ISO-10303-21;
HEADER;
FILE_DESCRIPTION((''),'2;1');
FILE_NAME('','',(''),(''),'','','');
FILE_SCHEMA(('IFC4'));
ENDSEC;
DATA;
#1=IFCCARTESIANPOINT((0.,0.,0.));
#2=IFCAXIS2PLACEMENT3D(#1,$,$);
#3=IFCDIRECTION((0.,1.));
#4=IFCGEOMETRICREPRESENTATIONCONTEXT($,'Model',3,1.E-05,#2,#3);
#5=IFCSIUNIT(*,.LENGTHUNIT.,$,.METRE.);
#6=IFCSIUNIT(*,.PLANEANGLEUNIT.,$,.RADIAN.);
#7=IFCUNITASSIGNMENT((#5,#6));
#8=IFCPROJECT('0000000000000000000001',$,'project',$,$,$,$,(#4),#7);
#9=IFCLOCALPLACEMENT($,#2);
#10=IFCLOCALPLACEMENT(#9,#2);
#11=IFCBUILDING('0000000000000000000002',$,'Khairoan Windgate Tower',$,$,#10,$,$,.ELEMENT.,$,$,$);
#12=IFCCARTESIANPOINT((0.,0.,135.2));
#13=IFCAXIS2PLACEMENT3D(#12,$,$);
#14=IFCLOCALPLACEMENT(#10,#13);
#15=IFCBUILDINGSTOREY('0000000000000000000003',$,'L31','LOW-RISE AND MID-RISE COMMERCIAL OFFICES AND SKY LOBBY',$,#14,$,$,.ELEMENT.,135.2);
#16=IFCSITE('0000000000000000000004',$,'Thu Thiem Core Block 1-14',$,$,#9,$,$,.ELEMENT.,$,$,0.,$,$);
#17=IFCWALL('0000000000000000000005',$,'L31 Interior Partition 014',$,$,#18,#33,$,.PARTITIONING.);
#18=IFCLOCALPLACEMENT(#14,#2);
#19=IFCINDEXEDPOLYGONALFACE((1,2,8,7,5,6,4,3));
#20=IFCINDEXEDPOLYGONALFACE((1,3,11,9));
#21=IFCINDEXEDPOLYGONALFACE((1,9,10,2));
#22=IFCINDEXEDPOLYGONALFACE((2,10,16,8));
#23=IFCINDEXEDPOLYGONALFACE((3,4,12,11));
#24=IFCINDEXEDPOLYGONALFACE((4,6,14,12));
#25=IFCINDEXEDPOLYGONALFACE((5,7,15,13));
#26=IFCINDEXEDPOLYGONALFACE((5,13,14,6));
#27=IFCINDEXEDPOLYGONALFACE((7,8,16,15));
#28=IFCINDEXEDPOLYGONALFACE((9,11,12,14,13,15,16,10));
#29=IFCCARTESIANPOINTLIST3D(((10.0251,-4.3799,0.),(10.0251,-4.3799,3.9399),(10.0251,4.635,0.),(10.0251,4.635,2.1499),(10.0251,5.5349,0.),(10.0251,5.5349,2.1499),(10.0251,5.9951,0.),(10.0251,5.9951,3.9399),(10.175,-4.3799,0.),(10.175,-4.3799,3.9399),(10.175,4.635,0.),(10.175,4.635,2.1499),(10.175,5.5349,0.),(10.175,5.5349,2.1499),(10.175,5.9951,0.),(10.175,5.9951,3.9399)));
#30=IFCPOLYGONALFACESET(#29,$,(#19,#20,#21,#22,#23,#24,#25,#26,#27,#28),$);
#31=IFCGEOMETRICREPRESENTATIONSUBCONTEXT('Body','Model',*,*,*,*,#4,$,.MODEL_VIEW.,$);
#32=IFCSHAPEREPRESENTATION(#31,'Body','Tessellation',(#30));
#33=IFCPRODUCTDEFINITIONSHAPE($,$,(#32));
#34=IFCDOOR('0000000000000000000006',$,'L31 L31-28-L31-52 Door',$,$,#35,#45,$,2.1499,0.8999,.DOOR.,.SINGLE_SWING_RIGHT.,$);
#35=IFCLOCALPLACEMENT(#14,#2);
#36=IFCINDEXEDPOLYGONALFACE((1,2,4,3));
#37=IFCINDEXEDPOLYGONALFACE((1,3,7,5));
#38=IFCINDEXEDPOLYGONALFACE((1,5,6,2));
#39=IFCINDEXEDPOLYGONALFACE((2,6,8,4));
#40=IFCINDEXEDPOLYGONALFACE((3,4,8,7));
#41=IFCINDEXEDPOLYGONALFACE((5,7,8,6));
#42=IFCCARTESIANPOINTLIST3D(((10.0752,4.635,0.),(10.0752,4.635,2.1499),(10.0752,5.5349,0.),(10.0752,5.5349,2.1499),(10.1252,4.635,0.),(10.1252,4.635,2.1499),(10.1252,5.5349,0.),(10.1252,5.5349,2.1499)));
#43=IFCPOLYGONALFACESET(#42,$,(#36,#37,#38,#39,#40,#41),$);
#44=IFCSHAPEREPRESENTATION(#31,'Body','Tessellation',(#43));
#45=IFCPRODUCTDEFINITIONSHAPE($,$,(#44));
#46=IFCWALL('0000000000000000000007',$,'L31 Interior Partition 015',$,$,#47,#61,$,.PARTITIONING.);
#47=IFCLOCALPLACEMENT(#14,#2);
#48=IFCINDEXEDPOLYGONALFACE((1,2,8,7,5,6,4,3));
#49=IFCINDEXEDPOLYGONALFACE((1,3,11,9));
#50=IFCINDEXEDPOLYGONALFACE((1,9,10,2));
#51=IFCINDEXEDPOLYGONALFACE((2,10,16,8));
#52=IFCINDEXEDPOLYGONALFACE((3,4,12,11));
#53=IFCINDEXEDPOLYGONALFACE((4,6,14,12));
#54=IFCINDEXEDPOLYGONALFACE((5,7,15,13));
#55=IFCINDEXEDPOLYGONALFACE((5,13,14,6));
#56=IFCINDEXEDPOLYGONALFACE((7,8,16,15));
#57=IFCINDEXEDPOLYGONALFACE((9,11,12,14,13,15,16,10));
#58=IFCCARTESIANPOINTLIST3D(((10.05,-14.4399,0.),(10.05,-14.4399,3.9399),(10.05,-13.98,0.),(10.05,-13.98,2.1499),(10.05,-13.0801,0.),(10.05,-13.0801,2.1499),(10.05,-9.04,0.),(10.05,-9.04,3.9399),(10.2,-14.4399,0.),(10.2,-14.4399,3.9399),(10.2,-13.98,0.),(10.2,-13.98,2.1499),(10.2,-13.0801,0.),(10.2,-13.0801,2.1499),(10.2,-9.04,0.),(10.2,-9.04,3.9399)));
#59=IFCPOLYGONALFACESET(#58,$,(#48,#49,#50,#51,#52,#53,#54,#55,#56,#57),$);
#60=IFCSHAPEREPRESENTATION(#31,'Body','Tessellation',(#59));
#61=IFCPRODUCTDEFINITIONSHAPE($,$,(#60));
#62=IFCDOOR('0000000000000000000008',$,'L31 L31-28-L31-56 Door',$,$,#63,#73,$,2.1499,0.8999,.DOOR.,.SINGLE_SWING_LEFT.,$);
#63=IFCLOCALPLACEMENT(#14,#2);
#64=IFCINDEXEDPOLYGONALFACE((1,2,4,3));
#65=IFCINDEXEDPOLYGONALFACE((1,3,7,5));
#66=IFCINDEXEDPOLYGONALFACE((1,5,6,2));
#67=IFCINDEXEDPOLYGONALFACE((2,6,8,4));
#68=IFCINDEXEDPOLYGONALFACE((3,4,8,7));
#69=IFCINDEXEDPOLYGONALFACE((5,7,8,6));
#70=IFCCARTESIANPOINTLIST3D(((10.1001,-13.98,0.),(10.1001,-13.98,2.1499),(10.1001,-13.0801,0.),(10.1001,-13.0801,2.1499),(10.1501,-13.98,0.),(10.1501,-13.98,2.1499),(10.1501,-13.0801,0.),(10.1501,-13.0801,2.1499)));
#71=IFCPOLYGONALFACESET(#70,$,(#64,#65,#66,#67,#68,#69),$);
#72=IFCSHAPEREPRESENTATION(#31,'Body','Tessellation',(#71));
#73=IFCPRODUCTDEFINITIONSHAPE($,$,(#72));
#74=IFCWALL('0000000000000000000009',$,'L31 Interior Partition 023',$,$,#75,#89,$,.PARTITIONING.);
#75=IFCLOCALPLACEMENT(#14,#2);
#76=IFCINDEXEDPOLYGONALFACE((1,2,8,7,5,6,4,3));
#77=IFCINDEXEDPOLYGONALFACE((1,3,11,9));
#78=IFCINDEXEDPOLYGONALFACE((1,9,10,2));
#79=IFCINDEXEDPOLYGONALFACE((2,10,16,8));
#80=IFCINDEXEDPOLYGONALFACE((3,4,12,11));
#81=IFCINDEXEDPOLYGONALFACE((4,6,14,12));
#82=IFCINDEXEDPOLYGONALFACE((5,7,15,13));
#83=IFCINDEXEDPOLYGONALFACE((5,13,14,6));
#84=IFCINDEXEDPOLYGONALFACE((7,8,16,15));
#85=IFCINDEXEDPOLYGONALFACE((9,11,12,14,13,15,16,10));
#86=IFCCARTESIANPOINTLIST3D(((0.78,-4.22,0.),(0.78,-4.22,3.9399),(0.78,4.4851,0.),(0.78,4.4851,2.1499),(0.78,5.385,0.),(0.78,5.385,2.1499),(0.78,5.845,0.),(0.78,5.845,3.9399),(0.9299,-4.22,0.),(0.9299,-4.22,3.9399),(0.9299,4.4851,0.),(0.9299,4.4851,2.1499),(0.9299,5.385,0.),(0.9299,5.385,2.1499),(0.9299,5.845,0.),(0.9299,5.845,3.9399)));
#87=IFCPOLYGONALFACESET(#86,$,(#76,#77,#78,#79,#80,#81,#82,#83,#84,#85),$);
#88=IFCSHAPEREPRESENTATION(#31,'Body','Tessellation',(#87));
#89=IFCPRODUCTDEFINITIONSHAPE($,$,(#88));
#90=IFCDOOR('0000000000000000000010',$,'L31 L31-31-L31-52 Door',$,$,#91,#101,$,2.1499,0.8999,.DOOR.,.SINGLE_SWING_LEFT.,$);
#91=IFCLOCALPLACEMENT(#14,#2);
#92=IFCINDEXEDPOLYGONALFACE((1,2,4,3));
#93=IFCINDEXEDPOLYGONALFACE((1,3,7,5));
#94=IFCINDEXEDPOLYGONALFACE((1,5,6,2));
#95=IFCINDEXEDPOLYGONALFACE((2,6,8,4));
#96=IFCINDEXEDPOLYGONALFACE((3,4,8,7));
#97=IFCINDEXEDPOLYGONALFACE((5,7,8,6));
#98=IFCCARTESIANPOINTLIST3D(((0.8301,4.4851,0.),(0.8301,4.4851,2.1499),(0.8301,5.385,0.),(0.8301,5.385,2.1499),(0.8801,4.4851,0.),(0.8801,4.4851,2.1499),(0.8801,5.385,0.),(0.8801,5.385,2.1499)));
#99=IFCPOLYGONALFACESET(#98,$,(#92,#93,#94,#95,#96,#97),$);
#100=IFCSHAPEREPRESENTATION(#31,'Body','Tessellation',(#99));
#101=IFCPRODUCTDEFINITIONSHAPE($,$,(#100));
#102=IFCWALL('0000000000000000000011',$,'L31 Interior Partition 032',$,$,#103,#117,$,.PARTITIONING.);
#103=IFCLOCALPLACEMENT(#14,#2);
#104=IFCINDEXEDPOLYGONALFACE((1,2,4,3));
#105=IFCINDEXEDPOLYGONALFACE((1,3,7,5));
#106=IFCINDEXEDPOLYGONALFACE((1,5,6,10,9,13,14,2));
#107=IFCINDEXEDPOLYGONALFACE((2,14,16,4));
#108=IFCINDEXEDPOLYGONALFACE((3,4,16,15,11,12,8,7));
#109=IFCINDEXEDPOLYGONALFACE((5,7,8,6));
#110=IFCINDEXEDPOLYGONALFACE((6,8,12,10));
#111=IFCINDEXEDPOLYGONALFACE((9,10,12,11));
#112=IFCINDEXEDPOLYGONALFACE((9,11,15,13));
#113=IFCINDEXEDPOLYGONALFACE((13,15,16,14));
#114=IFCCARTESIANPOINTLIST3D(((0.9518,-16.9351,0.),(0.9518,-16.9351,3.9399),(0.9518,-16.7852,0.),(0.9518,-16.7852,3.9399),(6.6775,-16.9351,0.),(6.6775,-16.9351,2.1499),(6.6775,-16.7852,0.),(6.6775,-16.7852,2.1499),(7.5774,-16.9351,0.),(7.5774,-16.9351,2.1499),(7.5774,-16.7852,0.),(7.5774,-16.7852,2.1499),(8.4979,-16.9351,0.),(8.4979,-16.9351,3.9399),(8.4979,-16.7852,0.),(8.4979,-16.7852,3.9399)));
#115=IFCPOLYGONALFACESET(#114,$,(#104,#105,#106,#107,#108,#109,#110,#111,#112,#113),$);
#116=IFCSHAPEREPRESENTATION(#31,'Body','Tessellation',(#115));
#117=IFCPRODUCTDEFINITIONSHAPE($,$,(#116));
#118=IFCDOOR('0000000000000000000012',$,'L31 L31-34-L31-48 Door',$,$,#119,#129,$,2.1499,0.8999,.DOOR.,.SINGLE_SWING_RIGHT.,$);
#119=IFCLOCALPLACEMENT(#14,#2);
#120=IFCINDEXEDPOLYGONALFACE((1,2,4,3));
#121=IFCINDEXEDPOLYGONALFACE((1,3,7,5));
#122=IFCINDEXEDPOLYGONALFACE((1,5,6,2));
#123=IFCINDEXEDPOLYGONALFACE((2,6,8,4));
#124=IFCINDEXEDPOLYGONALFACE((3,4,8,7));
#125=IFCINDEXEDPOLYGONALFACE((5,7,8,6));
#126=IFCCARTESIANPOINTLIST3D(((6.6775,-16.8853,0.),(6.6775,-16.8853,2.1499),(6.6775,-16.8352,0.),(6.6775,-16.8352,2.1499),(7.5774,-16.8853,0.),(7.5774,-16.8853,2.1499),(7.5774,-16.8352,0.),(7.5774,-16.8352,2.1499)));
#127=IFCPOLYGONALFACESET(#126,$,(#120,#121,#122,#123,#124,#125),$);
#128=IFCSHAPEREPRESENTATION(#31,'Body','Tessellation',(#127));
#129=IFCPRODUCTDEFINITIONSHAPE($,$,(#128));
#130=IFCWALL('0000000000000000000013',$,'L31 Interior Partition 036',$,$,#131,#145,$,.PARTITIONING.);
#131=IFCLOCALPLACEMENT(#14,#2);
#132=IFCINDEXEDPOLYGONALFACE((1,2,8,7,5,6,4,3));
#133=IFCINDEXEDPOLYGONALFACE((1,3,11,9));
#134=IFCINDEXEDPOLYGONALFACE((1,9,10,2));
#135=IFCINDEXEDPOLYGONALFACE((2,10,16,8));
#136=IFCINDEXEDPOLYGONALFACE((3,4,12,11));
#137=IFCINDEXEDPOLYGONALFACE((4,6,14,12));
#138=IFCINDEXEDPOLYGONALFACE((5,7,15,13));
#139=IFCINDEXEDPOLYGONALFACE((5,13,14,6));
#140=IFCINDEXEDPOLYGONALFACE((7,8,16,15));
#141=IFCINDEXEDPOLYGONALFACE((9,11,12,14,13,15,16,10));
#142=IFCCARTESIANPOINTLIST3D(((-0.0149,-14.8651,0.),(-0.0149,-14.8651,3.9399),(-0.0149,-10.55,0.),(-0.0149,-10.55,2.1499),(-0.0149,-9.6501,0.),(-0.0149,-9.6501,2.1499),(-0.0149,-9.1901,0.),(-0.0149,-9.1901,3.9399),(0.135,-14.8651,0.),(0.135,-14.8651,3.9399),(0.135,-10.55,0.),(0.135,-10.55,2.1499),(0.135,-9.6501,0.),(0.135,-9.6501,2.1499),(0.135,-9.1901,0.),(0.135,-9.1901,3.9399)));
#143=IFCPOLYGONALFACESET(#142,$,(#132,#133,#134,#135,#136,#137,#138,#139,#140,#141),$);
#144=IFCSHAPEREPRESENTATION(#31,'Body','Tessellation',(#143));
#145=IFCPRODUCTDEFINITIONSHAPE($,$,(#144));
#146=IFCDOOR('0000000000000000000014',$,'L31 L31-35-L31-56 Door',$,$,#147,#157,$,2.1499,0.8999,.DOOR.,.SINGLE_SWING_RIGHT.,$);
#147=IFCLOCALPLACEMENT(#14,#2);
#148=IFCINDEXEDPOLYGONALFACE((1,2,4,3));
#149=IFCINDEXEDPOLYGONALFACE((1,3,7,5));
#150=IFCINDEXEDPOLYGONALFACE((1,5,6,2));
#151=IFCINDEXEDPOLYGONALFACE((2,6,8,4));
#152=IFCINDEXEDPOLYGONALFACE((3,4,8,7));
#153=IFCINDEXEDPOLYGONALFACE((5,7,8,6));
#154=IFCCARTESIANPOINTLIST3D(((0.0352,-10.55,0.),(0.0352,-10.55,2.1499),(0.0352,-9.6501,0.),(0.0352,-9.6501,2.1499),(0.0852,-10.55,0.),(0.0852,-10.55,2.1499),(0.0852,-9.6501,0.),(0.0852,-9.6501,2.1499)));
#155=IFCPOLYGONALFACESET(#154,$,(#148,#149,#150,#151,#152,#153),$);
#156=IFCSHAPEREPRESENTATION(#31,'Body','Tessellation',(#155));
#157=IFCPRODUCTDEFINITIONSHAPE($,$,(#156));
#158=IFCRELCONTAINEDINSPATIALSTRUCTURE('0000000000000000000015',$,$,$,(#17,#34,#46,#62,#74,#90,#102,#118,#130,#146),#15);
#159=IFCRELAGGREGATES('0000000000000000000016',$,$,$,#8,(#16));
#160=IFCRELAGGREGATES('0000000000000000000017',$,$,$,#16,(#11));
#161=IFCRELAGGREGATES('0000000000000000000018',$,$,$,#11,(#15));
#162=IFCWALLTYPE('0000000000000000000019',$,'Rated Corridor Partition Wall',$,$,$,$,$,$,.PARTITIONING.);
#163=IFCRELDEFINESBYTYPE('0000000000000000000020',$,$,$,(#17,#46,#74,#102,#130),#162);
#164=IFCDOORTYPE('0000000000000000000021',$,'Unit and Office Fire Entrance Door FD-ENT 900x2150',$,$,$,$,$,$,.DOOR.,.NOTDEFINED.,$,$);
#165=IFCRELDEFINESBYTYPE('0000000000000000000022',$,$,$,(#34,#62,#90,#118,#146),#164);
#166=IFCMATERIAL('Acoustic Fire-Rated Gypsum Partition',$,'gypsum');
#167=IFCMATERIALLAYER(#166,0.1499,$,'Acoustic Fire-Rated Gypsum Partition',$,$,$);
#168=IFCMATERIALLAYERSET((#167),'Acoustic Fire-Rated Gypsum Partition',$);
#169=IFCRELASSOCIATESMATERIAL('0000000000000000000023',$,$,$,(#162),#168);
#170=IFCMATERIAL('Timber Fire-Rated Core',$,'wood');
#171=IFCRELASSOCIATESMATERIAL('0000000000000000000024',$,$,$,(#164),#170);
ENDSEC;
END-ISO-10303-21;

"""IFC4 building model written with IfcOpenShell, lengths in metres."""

from ifc_helpers import new_model, si_unit, direction, frame, frame_2d, origin, place, context, subcontext, project, spatial, rectangle, extrude, material, layer, layer_set, type_object, element, fill, save


model = new_model("IFC4")

# Units and contexts
model_context = context("Model", 3, precision=1e-05, world=origin(), true_north=direction((0.0, 1.0)))
body_context = subcontext(model_context, "Body", "Model", "MODEL_VIEW")
ifc_project = project(units=[si_unit("LENGTHUNIT", "METRE"), si_unit("PLANEANGLEUNIT", "RADIAN")], contexts=[model_context])

# Site, building, storey
site_placement = place(None, origin())
site = spatial("IfcSite", under=ifc_project, at=site_placement, Name="Thu Thiem Core Block 1-14", CompositionType="ELEMENT", RefElevation=0.0)
building_placement = place(site_placement, origin())
building = spatial("IfcBuilding", under=site, at=building_placement, Name="Khairoan Windgate Tower", CompositionType="ELEMENT")
storey_placement = place(building_placement, frame((0.0, 0.0, 135.2)))
storey = spatial("IfcBuildingStorey", under=building, at=storey_placement, Name="L31", Description="LOW-RISE AND MID-RISE COMMERCIAL OFFICES AND SKY LOBBY", CompositionType="ELEMENT", Elevation=135.2)

# Walls, openings, doors
ifc_material_1 = material(Name="Acoustic Fire-Rated Gypsum Partition", Category="gypsum")
ifc_layer_1 = layer(ifc_material_1, 0.1499, Name="Acoustic Fire-Rated Gypsum Partition")
ifc_layer_set_1 = layer_set([ifc_layer_1], Name="Acoustic Fire-Rated Gypsum Partition")
wall_type_1 = type_object("IfcWallType", Name="Rated Corridor Partition Wall", PredefinedType="PARTITIONING", material=ifc_layer_set_1)
wall_1_placement = place(storey_placement, frame((10.1001, -4.3799, 0.0), z_axis=(0.0, 0.0, 1.0), x_axis=(0.0, 1.0, 0.0)))
wall_1 = element("IfcWall", 1, at=wall_1_placement, inside=storey, type_object=wall_type_1, Name="L31 Interior Partition 014", PredefinedType="PARTITIONING", context=body_context, shape_type="SweptSolid", body=[
    extrude(rectangle(XDim=10.375, YDim=0.1499, at=frame_2d((5.1875, 0.0))), origin(), (0.0, 0.0, 1.0), 3.9399),
])
opening_1_placement = place(wall_1_placement, frame((9.0149, 0.0, 0.0)))
opening_1 = element("IfcOpeningElement", 2, at=opening_1_placement, cuts=wall_1, PredefinedType="OPENING", context=body_context, shape_type="SweptSolid", body=[
    extrude(rectangle(XDim=0.8999, YDim=2.1499, at=frame_2d((0.45, 1.075))), frame((0.0, 0.085, 0.0), z_axis=(0.0, -1.0, 0.0), x_axis=(1.0, 0.0, 0.0)), (0.0, 0.0, 1.0), 0.1699),
])
ifc_material_2 = material(Name="Timber Fire-Rated Core", Category="wood")
door_type_1 = type_object("IfcDoorType", Name="Unit and Office Fire Entrance Door FD-ENT 900x2150", OperationType="NOTDEFINED", PredefinedType="DOOR", material=ifc_material_2)
door_1_placement = place(opening_1_placement, origin())
door_1 = element("IfcDoor", 3, at=door_1_placement, inside=storey, type_object=door_type_1, Name="L31 L31-28-L31-52 Door", OperationType="SINGLE_SWING_RIGHT", OverallHeight=2.1499, OverallWidth=0.8999, PredefinedType="DOOR", context=body_context, shape_type="SweptSolid", body=[
    extrude(rectangle(XDim=0.8999, YDim=2.1499, at=frame_2d((0.45, 1.075))), frame((0.0, 0.0249, 0.0), z_axis=(0.0, -1.0, 0.0), x_axis=(1.0, 0.0, 0.0)), (0.0, 0.0, 1.0), 0.05),
])
fill(opening_1, door_1)
wall_2_placement = place(storey_placement, frame((10.125, -14.4399, 0.0), z_axis=(0.0, 0.0, 1.0), x_axis=(0.0, 1.0, 0.0)))
wall_2 = element("IfcWall", 4, at=wall_2_placement, inside=storey, type_object=wall_type_1, Name="L31 Interior Partition 015", PredefinedType="PARTITIONING", context=body_context, shape_type="SweptSolid", body=[
    extrude(rectangle(XDim=5.3999, YDim=0.1499, at=frame_2d((2.7, 0.0))), origin(), (0.0, 0.0, 1.0), 3.9399),
])
opening_2_placement = place(wall_2_placement, frame((0.46, 0.0, 0.0)))
opening_2 = element("IfcOpeningElement", 5, at=opening_2_placement, cuts=wall_2, PredefinedType="OPENING", context=body_context, shape_type="SweptSolid", body=[
    extrude(rectangle(XDim=0.8999, YDim=2.1499, at=frame_2d((0.45, 1.075))), frame((0.0, 0.085, 0.0), z_axis=(0.0, -1.0, 0.0), x_axis=(1.0, 0.0, 0.0)), (0.0, 0.0, 1.0), 0.1699),
])
door_2_placement = place(opening_2_placement, origin())
door_2 = element("IfcDoor", 6, at=door_2_placement, inside=storey, type_object=door_type_1, Name="L31 L31-28-L31-56 Door", OperationType="SINGLE_SWING_LEFT", OverallHeight=2.1499, OverallWidth=0.8999, PredefinedType="DOOR", context=body_context, shape_type="SweptSolid", body=[
    extrude(rectangle(XDim=0.8999, YDim=2.1499, at=frame_2d((0.45, 1.075))), frame((0.0, 0.0249, 0.0), z_axis=(0.0, -1.0, 0.0), x_axis=(1.0, 0.0, 0.0)), (0.0, 0.0, 1.0), 0.05),
])
fill(opening_2, door_2)
wall_3_placement = place(storey_placement, frame((0.855, -4.22, 0.0), z_axis=(0.0, 0.0, 1.0), x_axis=(0.0, 1.0, 0.0)))
wall_3 = element("IfcWall", 7, at=wall_3_placement, inside=storey, type_object=wall_type_1, Name="L31 Interior Partition 023", PredefinedType="PARTITIONING", context=body_context, shape_type="SweptSolid", body=[
    extrude(rectangle(XDim=10.0649, YDim=0.1499, at=frame_2d((5.0325, 0.0))), origin(), (0.0, 0.0, 1.0), 3.9399),
])
opening_3_placement = place(wall_3_placement, frame((8.7051, 0.0, 0.0)))
opening_3 = element("IfcOpeningElement", 8, at=opening_3_placement, cuts=wall_3, PredefinedType="OPENING", context=body_context, shape_type="SweptSolid", body=[
    extrude(rectangle(XDim=0.8999, YDim=2.1499, at=frame_2d((0.45, 1.075))), frame((0.0, 0.085, 0.0), z_axis=(0.0, -1.0, 0.0), x_axis=(1.0, 0.0, 0.0)), (0.0, 0.0, 1.0), 0.1699),
])
door_3_placement = place(opening_3_placement, origin())
door_3 = element("IfcDoor", 9, at=door_3_placement, inside=storey, type_object=door_type_1, Name="L31 L31-31-L31-52 Door", OperationType="SINGLE_SWING_LEFT", OverallHeight=2.1499, OverallWidth=0.8999, PredefinedType="DOOR", context=body_context, shape_type="SweptSolid", body=[
    extrude(rectangle(XDim=0.8999, YDim=2.1499, at=frame_2d((0.45, 1.075))), frame((0.0, 0.0249, 0.0), z_axis=(0.0, -1.0, 0.0), x_axis=(1.0, 0.0, 0.0)), (0.0, 0.0, 1.0), 0.05),
])
fill(opening_3, door_3)
wall_4_placement = place(storey_placement, frame((0.9519, -16.8601, 0.0), z_axis=(0.0, 0.0, 1.0), x_axis=(1.0, 0.0, 0.0)))
wall_4 = element("IfcWall", 10, at=wall_4_placement, inside=storey, type_object=wall_type_1, Name="L31 Interior Partition 032", PredefinedType="PARTITIONING", context=body_context, shape_type="SweptSolid", body=[
    extrude(rectangle(XDim=7.5461, YDim=0.1499, at=frame_2d((3.7729, 0.0))), origin(), (0.0, 0.0, 1.0), 3.9399),
])
opening_4_placement = place(wall_4_placement, frame((5.7256, 0.0, 0.0)))
opening_4 = element("IfcOpeningElement", 11, at=opening_4_placement, cuts=wall_4, PredefinedType="OPENING", context=body_context, shape_type="SweptSolid", body=[
    extrude(rectangle(XDim=0.8999, YDim=2.1499, at=frame_2d((0.45, 1.075))), frame((0.0, 0.085, 0.0), z_axis=(0.0, -1.0, 0.0), x_axis=(1.0, 0.0, 0.0)), (0.0, 0.0, 1.0), 0.1699),
])
door_4_placement = place(opening_4_placement, origin())
door_4 = element("IfcDoor", 12, at=door_4_placement, inside=storey, type_object=door_type_1, Name="L31 L31-34-L31-48 Door", OperationType="SINGLE_SWING_RIGHT", OverallHeight=2.1499, OverallWidth=0.8999, PredefinedType="DOOR", context=body_context, shape_type="SweptSolid", body=[
    extrude(rectangle(XDim=0.8999, YDim=2.1499, at=frame_2d((0.45, 1.075))), frame((0.0, 0.0249, 0.0), z_axis=(0.0, -1.0, 0.0), x_axis=(1.0, 0.0, 0.0)), (0.0, 0.0, 1.0), 0.05),
])
fill(opening_4, door_4)
wall_5_placement = place(storey_placement, frame((0.0601, -14.865, 0.0), z_axis=(0.0, 0.0, 1.0), x_axis=(0.0, 1.0, 0.0)))
wall_5 = element("IfcWall", 13, at=wall_5_placement, inside=storey, type_object=wall_type_1, Name="L31 Interior Partition 036", PredefinedType="PARTITIONING", context=body_context, shape_type="SweptSolid", body=[
    extrude(rectangle(XDim=5.675, YDim=0.1499, at=frame_2d((2.8374, 0.0))), origin(), (0.0, 0.0, 1.0), 3.9399),
])
opening_5_placement = place(wall_5_placement, frame((4.3149, 0.0, 0.0)))
opening_5 = element("IfcOpeningElement", 14, at=opening_5_placement, cuts=wall_5, PredefinedType="OPENING", context=body_context, shape_type="SweptSolid", body=[
    extrude(rectangle(XDim=0.8999, YDim=2.1499, at=frame_2d((0.45, 1.075))), frame((0.0, 0.085, 0.0), z_axis=(0.0, -1.0, 0.0), x_axis=(1.0, 0.0, 0.0)), (0.0, 0.0, 1.0), 0.1699),
])
door_5_placement = place(opening_5_placement, origin())
door_5 = element("IfcDoor", 15, at=door_5_placement, inside=storey, type_object=door_type_1, Name="L31 L31-35-L31-56 Door", OperationType="SINGLE_SWING_RIGHT", OverallHeight=2.1499, OverallWidth=0.8999, PredefinedType="DOOR", context=body_context, shape_type="SweptSolid", body=[
    extrude(rectangle(XDim=0.8999, YDim=2.1499, at=frame_2d((0.45, 1.075))), frame((0.0, 0.0249, 0.0), z_axis=(0.0, -1.0, 0.0), x_axis=(1.0, 0.0, 0.0)), (0.0, 0.0, 1.0), 0.05),
])
fill(opening_5, door_5)

save(model, "model.ifc")
